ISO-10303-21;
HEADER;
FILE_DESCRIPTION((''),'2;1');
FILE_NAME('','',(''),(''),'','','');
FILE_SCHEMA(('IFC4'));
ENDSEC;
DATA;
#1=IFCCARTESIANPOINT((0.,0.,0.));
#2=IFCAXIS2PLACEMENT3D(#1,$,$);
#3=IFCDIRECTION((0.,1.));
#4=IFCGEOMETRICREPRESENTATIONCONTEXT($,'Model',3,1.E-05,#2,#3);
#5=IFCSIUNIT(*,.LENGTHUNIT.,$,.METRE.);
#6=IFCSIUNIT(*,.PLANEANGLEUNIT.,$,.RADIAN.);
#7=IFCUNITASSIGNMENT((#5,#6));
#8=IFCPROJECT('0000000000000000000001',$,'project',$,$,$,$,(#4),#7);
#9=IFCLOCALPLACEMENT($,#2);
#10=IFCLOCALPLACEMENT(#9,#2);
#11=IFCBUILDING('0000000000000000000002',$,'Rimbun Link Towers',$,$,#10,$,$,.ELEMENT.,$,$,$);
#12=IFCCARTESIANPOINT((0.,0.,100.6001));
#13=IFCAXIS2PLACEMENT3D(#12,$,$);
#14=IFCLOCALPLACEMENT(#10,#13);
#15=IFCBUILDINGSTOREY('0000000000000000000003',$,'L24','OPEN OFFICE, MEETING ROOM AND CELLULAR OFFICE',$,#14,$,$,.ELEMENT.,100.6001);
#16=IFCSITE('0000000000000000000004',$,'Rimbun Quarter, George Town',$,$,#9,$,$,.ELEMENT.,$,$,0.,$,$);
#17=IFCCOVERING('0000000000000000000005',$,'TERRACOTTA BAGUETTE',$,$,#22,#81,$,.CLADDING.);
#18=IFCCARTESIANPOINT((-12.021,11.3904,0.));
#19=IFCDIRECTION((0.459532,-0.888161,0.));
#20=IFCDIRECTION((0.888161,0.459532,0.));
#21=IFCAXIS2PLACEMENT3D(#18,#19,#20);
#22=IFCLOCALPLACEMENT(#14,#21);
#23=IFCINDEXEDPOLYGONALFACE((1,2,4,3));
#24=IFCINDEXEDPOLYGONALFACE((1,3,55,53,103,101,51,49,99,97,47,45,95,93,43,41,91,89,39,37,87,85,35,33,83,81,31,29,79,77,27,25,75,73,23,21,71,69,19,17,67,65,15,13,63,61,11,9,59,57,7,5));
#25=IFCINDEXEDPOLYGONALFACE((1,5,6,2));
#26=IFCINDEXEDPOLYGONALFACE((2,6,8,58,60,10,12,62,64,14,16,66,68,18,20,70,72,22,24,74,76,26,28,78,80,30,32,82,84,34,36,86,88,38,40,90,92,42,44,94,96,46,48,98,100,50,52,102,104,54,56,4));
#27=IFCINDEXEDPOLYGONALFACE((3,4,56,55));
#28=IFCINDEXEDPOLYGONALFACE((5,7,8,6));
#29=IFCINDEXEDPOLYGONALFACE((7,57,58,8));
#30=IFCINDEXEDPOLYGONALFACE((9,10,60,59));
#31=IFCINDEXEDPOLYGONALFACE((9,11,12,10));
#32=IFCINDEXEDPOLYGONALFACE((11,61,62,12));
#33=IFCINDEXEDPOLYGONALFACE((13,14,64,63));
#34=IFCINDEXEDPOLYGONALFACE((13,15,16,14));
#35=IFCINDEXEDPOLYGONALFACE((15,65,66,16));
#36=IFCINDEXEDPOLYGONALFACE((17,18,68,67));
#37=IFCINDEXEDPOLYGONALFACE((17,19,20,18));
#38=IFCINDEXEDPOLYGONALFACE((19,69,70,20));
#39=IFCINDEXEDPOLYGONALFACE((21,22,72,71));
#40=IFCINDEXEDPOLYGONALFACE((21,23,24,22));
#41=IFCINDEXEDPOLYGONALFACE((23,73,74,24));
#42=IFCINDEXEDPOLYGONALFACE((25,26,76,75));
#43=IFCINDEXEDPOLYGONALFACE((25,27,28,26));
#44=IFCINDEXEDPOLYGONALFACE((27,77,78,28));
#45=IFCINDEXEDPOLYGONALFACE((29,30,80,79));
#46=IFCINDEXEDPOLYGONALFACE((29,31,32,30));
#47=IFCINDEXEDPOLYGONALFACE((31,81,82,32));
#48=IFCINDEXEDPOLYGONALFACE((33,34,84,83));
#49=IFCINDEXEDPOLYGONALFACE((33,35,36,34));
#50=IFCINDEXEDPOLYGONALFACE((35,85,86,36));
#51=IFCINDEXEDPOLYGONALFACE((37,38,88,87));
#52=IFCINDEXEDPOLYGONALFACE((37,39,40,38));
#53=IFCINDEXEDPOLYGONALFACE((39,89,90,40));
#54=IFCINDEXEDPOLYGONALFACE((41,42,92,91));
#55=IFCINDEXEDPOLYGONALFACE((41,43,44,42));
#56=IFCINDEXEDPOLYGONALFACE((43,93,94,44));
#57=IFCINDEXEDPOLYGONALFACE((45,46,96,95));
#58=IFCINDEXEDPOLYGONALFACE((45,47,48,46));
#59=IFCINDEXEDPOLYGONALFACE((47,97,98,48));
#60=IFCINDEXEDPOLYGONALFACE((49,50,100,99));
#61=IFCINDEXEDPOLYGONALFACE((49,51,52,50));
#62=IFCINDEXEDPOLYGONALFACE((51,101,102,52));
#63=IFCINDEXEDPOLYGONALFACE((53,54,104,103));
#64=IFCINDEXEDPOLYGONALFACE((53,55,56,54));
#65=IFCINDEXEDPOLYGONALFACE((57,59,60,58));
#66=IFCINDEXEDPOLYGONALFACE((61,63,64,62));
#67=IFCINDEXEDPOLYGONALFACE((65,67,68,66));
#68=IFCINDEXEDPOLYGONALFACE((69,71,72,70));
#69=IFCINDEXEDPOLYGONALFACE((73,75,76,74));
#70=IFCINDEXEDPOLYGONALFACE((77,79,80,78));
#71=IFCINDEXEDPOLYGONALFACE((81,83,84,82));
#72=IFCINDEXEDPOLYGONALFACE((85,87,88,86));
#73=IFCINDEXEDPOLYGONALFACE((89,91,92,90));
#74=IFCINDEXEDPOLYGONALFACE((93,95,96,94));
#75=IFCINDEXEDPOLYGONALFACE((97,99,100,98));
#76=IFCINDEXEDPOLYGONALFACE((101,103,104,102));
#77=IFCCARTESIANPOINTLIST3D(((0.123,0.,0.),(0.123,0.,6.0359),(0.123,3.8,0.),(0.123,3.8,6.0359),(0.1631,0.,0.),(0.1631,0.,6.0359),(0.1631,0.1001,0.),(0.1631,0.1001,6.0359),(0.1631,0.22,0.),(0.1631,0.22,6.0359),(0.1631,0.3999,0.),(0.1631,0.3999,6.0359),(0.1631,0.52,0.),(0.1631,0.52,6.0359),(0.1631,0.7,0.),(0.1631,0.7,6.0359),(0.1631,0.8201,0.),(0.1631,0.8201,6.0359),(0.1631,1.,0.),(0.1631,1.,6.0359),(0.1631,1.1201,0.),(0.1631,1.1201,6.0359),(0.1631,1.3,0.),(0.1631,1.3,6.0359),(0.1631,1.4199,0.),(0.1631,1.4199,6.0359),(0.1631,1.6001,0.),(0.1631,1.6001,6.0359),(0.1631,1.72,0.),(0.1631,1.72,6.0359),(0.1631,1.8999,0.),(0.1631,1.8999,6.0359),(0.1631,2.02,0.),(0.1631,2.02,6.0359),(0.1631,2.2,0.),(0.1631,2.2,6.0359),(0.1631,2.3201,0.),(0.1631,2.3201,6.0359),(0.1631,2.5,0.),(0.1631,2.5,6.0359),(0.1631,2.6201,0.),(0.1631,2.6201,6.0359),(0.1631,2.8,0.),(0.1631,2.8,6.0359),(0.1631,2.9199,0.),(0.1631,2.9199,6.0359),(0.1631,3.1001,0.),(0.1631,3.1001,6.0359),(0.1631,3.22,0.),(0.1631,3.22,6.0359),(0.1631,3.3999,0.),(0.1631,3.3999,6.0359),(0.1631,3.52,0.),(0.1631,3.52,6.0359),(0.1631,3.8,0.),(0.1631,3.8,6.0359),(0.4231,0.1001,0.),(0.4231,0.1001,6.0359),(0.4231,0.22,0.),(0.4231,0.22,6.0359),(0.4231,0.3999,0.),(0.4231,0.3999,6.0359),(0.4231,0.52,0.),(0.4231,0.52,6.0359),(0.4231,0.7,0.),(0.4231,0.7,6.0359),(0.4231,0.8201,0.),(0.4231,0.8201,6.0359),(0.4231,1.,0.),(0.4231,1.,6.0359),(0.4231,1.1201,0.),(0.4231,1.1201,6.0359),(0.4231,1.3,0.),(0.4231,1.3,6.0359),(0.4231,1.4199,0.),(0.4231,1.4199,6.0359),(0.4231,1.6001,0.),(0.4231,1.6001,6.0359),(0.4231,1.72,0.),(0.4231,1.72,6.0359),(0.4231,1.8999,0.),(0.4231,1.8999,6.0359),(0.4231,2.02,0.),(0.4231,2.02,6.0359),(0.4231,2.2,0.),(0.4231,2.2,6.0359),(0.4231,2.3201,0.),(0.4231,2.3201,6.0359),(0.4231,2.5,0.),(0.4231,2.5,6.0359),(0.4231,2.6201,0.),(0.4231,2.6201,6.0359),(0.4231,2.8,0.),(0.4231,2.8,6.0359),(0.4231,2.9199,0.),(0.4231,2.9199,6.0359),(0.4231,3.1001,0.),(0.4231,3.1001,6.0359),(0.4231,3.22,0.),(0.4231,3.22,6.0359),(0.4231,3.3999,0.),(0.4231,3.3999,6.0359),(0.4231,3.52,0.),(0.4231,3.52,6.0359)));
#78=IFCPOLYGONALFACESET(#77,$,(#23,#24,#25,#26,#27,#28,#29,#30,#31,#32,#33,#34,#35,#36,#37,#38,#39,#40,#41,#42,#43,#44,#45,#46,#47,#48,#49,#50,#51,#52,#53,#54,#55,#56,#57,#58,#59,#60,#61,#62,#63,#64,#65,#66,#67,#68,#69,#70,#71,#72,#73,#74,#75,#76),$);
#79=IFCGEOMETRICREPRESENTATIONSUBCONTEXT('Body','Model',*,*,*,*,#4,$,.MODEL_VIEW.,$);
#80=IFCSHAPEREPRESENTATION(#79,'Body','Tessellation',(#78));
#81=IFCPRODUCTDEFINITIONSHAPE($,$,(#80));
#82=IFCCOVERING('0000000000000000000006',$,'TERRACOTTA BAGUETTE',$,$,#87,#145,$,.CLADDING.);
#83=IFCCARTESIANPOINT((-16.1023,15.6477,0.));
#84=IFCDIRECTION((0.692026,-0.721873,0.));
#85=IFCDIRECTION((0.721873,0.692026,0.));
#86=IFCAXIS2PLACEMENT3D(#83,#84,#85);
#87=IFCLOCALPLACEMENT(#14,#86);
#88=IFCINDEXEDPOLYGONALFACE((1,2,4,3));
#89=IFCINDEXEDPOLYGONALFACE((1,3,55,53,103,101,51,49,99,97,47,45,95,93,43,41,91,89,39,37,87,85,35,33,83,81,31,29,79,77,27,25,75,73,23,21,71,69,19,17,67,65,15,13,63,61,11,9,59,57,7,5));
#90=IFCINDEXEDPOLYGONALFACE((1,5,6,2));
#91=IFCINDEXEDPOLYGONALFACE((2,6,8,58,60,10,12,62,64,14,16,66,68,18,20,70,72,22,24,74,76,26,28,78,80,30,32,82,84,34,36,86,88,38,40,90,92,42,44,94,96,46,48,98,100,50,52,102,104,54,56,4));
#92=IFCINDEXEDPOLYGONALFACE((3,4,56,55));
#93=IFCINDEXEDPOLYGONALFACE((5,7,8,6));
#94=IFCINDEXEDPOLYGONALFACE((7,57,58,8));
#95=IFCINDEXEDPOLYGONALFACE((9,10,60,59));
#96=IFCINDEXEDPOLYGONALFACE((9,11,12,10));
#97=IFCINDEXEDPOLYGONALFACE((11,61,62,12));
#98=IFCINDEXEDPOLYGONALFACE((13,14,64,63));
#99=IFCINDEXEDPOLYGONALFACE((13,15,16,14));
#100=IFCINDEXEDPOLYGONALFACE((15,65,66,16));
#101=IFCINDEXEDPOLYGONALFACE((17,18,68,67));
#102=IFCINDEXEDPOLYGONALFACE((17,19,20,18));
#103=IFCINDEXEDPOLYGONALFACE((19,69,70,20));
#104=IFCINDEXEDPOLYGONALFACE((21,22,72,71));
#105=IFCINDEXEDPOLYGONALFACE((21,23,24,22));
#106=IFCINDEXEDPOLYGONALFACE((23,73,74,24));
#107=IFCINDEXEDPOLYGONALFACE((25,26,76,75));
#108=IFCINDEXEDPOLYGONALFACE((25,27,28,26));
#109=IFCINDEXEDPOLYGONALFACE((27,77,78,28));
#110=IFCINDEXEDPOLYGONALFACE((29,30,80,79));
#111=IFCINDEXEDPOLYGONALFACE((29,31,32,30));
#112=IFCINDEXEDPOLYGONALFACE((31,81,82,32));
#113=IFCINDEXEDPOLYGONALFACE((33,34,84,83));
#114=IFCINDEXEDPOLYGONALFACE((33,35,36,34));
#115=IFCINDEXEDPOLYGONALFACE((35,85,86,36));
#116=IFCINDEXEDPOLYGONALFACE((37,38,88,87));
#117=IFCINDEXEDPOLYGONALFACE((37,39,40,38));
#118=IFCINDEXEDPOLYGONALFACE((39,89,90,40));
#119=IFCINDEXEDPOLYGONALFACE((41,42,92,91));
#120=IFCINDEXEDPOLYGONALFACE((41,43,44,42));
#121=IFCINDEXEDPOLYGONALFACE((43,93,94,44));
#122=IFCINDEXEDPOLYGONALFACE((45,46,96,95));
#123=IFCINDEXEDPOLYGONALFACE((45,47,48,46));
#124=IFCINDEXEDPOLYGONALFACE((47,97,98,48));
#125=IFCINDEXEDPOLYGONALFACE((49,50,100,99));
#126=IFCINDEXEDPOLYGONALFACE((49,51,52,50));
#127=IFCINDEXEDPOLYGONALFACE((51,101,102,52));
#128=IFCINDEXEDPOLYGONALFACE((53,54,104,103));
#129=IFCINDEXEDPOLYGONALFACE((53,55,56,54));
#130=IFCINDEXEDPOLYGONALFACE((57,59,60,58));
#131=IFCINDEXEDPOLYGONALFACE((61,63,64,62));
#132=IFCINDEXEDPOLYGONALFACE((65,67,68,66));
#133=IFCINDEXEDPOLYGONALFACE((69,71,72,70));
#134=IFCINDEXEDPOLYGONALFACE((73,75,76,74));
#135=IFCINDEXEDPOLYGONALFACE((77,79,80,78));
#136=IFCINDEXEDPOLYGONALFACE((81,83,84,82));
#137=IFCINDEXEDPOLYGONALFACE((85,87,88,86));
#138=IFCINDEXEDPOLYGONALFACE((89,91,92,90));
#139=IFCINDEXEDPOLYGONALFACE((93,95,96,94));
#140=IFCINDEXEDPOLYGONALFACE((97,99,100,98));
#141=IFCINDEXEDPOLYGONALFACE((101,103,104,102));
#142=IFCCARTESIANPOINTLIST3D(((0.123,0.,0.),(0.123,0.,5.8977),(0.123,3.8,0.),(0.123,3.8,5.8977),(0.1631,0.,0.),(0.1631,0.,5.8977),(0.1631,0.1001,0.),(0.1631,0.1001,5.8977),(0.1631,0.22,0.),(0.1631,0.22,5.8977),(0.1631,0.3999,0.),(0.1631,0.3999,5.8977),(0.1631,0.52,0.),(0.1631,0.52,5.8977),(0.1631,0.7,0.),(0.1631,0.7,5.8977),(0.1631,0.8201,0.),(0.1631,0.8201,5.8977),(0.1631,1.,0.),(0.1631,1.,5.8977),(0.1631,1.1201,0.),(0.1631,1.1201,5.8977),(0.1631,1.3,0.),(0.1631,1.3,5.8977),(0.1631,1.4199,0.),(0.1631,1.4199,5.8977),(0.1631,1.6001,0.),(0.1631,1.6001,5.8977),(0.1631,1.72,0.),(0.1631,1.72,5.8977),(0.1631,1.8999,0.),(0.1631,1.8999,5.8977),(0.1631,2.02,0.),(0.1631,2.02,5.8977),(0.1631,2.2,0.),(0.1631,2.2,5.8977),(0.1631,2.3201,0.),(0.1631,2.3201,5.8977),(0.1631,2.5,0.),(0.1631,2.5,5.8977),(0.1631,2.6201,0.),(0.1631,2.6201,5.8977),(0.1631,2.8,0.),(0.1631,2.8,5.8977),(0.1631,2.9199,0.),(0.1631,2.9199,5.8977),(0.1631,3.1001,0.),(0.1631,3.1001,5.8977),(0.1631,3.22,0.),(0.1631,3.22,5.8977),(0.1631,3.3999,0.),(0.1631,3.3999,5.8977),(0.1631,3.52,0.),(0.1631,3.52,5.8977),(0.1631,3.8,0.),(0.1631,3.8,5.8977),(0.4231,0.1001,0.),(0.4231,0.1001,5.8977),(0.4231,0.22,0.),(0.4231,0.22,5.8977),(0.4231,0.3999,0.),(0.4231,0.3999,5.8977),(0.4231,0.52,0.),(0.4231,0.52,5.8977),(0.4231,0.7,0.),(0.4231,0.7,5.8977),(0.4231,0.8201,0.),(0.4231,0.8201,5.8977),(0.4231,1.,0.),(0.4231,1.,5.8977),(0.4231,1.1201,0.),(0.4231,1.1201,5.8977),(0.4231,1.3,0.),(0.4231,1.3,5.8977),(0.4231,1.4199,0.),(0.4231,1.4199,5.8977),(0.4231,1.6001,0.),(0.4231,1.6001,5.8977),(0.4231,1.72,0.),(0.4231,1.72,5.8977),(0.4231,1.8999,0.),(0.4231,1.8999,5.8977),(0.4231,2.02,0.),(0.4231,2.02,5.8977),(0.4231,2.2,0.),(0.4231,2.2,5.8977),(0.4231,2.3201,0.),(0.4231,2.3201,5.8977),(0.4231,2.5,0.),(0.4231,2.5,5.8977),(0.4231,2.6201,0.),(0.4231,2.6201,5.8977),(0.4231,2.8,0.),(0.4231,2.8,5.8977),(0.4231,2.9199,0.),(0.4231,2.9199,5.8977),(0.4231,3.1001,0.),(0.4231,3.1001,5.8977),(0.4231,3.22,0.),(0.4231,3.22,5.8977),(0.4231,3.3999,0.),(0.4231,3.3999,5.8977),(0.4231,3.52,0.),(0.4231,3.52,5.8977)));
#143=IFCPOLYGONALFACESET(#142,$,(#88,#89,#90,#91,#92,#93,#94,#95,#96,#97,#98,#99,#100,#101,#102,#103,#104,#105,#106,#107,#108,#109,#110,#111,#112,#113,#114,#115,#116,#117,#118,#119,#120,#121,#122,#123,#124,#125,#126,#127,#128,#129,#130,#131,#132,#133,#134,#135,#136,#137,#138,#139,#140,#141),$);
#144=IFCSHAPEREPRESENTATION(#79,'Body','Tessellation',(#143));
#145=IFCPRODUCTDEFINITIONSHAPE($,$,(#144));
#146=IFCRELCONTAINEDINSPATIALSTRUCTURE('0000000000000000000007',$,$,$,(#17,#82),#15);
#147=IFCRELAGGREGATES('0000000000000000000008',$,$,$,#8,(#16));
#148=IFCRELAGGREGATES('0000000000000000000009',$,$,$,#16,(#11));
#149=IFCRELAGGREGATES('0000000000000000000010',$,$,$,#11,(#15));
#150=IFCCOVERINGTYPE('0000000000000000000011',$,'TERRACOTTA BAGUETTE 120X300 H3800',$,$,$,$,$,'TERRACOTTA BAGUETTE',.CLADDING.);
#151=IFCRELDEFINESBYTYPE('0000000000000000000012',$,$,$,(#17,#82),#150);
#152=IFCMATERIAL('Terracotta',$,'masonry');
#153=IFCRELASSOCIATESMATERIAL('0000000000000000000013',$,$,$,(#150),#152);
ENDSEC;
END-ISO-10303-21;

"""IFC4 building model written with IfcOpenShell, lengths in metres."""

from ifc_helpers import new_model, si_unit, direction, frame, origin, place, context, subcontext, project, spatial, polyline, outline, extrude, material, material_profile, profile_set, type_object, element, save


model = new_model("IFC4")

# Units and contexts
model_context = context("Model", 3, precision=1e-05, world=origin(), true_north=direction((0.0, 1.0)))
body_context = subcontext(model_context, "Body", "Model", "MODEL_VIEW")
ifc_project = project(units=[si_unit("LENGTHUNIT", "METRE"), si_unit("PLANEANGLEUNIT", "RADIAN")], contexts=[model_context])

# Site, building, storey
site_placement = place(None, origin())
site = spatial("IfcSite", under=ifc_project, at=site_placement, Name="Rimbun Quarter, George Town", CompositionType="ELEMENT", RefElevation=0.0)
building_placement = place(site_placement, origin())
building = spatial("IfcBuilding", under=site, at=building_placement, Name="Rimbun Link Towers", CompositionType="ELEMENT")
storey_placement = place(building_placement, frame((0.0, 0.0, 100.6001)))
storey = spatial("IfcBuildingStorey", under=building, at=storey_placement, Name="L24", Description="OPEN OFFICE, MEETING ROOM AND CELLULAR OFFICE", CompositionType="ELEMENT", Elevation=100.6001)

# Coverings
ifc_material_1 = material(Name="Terracotta", Category="masonry")
ifc_material_profile_1 = material_profile(ifc_material_1, outline(polyline([(0.123, 0.0), (0.1631, 0.0), (0.1631, 0.1001), (0.4231, 0.1001), (0.4231, 0.22), (0.1631, 0.22), (0.1631, 0.3999), (0.4231, 0.3999), (0.4231, 0.52), (0.1631, 0.52), (0.1631, 0.7), (0.4231, 0.7), (0.4231, 0.8201), (0.1631, 0.8201), (0.1631, 1.0), (0.4231, 1.0), (0.4231, 1.1201), (0.1631, 1.1201), (0.1631, 1.3), (0.4231, 1.3), (0.4231, 1.4199), (0.1631, 1.4199), (0.1631, 1.6001), (0.4231, 1.6001), (0.4231, 1.72), (0.1631, 1.72), (0.1631, 1.8999), (0.4231, 1.8999), (0.4231, 2.02), (0.1631, 2.02), (0.1631, 2.2), (0.4231, 2.2), (0.4231, 2.3201), (0.1631, 2.3201), (0.1631, 2.5), (0.4231, 2.5), (0.4231, 2.6201), (0.1631, 2.6201), (0.1631, 2.8), (0.4231, 2.8), (0.4231, 2.9199), (0.1631, 2.9199), (0.1631, 3.1001), (0.4231, 3.1001), (0.4231, 3.22), (0.1631, 3.22), (0.1631, 3.3999), (0.4231, 3.3999), (0.4231, 3.52), (0.1631, 3.52), (0.1631, 3.8), (0.123, 3.8), (0.123, 0.0)])), Name="BAGUETTE 120X300")
ifc_profile_set_1 = profile_set([ifc_material_profile_1], Name="Terracotta")
covering_type = type_object("IfcCoveringType", Name="TERRACOTTA BAGUETTE 120X300 H3800", ElementType="TERRACOTTA BAGUETTE", PredefinedType="CLADDING", material=ifc_profile_set_1)
covering_1_placement = place(storey_placement, frame((-12.021, 11.3904, 0.0), z_axis=(0.459532, -0.888161, 0.0), x_axis=(0.888161, 0.459532, 0.0)))
element("IfcCovering", 1, at=covering_1_placement, inside=storey, type_object=covering_type, Name="TERRACOTTA BAGUETTE", PredefinedType="CLADDING", context=body_context, shape_type="SweptSolid", body=[
    extrude(outline(polyline([(0.123, 0.0), (0.1631, 0.0), (0.1631, 0.1001), (0.4231, 0.1001), (0.4231, 0.22), (0.1631, 0.22), (0.1631, 0.3999), (0.4231, 0.3999), (0.4231, 0.52), (0.1631, 0.52), (0.1631, 0.7), (0.4231, 0.7), (0.4231, 0.8201), (0.1631, 0.8201), (0.1631, 1.0), (0.4231, 1.0), (0.4231, 1.1201), (0.1631, 1.1201), (0.1631, 1.3), (0.4231, 1.3), (0.4231, 1.4199), (0.1631, 1.4199), (0.1631, 1.6001), (0.4231, 1.6001), (0.4231, 1.72), (0.1631, 1.72), (0.1631, 1.8999), (0.4231, 1.8999), (0.4231, 2.02), (0.1631, 2.02), (0.1631, 2.2), (0.4231, 2.2), (0.4231, 2.3201), (0.1631, 2.3201), (0.1631, 2.5), (0.4231, 2.5), (0.4231, 2.6201), (0.1631, 2.6201), (0.1631, 2.8), (0.4231, 2.8), (0.4231, 2.9199), (0.1631, 2.9199), (0.1631, 3.1001), (0.4231, 3.1001), (0.4231, 3.22), (0.1631, 3.22), (0.1631, 3.3999), (0.4231, 3.3999), (0.4231, 3.52), (0.1631, 3.52), (0.1631, 3.8), (0.123, 3.8), (0.123, 0.0)])), origin(), (0.0, 0.0, 1.0), 6.0359),
])
covering_2_placement = place(storey_placement, frame((-16.1023, 15.6477, 0.0), z_axis=(0.692026, -0.721873, 0.0), x_axis=(0.721873, 0.692026, 0.0)))
element("IfcCovering", 2, at=covering_2_placement, inside=storey, type_object=covering_type, Name="TERRACOTTA BAGUETTE", PredefinedType="CLADDING", context=body_context, shape_type="SweptSolid", body=[
    extrude(outline(polyline([(0.123, 0.0), (0.1631, 0.0), (0.1631, 0.1001), (0.4231, 0.1001), (0.4231, 0.22), (0.1631, 0.22), (0.1631, 0.3999), (0.4231, 0.3999), (0.4231, 0.52), (0.1631, 0.52), (0.1631, 0.7), (0.4231, 0.7), (0.4231, 0.8201), (0.1631, 0.8201), (0.1631, 1.0), (0.4231, 1.0), (0.4231, 1.1201), (0.1631, 1.1201), (0.1631, 1.3), (0.4231, 1.3), (0.4231, 1.4199), (0.1631, 1.4199), (0.1631, 1.6001), (0.4231, 1.6001), (0.4231, 1.72), (0.1631, 1.72), (0.1631, 1.8999), (0.4231, 1.8999), (0.4231, 2.02), (0.1631, 2.02), (0.1631, 2.2), (0.4231, 2.2), (0.4231, 2.3201), (0.1631, 2.3201), (0.1631, 2.5), (0.4231, 2.5), (0.4231, 2.6201), (0.1631, 2.6201), (0.1631, 2.8), (0.4231, 2.8), (0.4231, 2.9199), (0.1631, 2.9199), (0.1631, 3.1001), (0.4231, 3.1001), (0.4231, 3.22), (0.1631, 3.22), (0.1631, 3.3999), (0.4231, 3.3999), (0.4231, 3.52), (0.1631, 3.52), (0.1631, 3.8), (0.123, 3.8), (0.123, 0.0)])), origin(), (0.0, 0.0, 1.0), 5.8977),
])

save(model, "model.ifc")
